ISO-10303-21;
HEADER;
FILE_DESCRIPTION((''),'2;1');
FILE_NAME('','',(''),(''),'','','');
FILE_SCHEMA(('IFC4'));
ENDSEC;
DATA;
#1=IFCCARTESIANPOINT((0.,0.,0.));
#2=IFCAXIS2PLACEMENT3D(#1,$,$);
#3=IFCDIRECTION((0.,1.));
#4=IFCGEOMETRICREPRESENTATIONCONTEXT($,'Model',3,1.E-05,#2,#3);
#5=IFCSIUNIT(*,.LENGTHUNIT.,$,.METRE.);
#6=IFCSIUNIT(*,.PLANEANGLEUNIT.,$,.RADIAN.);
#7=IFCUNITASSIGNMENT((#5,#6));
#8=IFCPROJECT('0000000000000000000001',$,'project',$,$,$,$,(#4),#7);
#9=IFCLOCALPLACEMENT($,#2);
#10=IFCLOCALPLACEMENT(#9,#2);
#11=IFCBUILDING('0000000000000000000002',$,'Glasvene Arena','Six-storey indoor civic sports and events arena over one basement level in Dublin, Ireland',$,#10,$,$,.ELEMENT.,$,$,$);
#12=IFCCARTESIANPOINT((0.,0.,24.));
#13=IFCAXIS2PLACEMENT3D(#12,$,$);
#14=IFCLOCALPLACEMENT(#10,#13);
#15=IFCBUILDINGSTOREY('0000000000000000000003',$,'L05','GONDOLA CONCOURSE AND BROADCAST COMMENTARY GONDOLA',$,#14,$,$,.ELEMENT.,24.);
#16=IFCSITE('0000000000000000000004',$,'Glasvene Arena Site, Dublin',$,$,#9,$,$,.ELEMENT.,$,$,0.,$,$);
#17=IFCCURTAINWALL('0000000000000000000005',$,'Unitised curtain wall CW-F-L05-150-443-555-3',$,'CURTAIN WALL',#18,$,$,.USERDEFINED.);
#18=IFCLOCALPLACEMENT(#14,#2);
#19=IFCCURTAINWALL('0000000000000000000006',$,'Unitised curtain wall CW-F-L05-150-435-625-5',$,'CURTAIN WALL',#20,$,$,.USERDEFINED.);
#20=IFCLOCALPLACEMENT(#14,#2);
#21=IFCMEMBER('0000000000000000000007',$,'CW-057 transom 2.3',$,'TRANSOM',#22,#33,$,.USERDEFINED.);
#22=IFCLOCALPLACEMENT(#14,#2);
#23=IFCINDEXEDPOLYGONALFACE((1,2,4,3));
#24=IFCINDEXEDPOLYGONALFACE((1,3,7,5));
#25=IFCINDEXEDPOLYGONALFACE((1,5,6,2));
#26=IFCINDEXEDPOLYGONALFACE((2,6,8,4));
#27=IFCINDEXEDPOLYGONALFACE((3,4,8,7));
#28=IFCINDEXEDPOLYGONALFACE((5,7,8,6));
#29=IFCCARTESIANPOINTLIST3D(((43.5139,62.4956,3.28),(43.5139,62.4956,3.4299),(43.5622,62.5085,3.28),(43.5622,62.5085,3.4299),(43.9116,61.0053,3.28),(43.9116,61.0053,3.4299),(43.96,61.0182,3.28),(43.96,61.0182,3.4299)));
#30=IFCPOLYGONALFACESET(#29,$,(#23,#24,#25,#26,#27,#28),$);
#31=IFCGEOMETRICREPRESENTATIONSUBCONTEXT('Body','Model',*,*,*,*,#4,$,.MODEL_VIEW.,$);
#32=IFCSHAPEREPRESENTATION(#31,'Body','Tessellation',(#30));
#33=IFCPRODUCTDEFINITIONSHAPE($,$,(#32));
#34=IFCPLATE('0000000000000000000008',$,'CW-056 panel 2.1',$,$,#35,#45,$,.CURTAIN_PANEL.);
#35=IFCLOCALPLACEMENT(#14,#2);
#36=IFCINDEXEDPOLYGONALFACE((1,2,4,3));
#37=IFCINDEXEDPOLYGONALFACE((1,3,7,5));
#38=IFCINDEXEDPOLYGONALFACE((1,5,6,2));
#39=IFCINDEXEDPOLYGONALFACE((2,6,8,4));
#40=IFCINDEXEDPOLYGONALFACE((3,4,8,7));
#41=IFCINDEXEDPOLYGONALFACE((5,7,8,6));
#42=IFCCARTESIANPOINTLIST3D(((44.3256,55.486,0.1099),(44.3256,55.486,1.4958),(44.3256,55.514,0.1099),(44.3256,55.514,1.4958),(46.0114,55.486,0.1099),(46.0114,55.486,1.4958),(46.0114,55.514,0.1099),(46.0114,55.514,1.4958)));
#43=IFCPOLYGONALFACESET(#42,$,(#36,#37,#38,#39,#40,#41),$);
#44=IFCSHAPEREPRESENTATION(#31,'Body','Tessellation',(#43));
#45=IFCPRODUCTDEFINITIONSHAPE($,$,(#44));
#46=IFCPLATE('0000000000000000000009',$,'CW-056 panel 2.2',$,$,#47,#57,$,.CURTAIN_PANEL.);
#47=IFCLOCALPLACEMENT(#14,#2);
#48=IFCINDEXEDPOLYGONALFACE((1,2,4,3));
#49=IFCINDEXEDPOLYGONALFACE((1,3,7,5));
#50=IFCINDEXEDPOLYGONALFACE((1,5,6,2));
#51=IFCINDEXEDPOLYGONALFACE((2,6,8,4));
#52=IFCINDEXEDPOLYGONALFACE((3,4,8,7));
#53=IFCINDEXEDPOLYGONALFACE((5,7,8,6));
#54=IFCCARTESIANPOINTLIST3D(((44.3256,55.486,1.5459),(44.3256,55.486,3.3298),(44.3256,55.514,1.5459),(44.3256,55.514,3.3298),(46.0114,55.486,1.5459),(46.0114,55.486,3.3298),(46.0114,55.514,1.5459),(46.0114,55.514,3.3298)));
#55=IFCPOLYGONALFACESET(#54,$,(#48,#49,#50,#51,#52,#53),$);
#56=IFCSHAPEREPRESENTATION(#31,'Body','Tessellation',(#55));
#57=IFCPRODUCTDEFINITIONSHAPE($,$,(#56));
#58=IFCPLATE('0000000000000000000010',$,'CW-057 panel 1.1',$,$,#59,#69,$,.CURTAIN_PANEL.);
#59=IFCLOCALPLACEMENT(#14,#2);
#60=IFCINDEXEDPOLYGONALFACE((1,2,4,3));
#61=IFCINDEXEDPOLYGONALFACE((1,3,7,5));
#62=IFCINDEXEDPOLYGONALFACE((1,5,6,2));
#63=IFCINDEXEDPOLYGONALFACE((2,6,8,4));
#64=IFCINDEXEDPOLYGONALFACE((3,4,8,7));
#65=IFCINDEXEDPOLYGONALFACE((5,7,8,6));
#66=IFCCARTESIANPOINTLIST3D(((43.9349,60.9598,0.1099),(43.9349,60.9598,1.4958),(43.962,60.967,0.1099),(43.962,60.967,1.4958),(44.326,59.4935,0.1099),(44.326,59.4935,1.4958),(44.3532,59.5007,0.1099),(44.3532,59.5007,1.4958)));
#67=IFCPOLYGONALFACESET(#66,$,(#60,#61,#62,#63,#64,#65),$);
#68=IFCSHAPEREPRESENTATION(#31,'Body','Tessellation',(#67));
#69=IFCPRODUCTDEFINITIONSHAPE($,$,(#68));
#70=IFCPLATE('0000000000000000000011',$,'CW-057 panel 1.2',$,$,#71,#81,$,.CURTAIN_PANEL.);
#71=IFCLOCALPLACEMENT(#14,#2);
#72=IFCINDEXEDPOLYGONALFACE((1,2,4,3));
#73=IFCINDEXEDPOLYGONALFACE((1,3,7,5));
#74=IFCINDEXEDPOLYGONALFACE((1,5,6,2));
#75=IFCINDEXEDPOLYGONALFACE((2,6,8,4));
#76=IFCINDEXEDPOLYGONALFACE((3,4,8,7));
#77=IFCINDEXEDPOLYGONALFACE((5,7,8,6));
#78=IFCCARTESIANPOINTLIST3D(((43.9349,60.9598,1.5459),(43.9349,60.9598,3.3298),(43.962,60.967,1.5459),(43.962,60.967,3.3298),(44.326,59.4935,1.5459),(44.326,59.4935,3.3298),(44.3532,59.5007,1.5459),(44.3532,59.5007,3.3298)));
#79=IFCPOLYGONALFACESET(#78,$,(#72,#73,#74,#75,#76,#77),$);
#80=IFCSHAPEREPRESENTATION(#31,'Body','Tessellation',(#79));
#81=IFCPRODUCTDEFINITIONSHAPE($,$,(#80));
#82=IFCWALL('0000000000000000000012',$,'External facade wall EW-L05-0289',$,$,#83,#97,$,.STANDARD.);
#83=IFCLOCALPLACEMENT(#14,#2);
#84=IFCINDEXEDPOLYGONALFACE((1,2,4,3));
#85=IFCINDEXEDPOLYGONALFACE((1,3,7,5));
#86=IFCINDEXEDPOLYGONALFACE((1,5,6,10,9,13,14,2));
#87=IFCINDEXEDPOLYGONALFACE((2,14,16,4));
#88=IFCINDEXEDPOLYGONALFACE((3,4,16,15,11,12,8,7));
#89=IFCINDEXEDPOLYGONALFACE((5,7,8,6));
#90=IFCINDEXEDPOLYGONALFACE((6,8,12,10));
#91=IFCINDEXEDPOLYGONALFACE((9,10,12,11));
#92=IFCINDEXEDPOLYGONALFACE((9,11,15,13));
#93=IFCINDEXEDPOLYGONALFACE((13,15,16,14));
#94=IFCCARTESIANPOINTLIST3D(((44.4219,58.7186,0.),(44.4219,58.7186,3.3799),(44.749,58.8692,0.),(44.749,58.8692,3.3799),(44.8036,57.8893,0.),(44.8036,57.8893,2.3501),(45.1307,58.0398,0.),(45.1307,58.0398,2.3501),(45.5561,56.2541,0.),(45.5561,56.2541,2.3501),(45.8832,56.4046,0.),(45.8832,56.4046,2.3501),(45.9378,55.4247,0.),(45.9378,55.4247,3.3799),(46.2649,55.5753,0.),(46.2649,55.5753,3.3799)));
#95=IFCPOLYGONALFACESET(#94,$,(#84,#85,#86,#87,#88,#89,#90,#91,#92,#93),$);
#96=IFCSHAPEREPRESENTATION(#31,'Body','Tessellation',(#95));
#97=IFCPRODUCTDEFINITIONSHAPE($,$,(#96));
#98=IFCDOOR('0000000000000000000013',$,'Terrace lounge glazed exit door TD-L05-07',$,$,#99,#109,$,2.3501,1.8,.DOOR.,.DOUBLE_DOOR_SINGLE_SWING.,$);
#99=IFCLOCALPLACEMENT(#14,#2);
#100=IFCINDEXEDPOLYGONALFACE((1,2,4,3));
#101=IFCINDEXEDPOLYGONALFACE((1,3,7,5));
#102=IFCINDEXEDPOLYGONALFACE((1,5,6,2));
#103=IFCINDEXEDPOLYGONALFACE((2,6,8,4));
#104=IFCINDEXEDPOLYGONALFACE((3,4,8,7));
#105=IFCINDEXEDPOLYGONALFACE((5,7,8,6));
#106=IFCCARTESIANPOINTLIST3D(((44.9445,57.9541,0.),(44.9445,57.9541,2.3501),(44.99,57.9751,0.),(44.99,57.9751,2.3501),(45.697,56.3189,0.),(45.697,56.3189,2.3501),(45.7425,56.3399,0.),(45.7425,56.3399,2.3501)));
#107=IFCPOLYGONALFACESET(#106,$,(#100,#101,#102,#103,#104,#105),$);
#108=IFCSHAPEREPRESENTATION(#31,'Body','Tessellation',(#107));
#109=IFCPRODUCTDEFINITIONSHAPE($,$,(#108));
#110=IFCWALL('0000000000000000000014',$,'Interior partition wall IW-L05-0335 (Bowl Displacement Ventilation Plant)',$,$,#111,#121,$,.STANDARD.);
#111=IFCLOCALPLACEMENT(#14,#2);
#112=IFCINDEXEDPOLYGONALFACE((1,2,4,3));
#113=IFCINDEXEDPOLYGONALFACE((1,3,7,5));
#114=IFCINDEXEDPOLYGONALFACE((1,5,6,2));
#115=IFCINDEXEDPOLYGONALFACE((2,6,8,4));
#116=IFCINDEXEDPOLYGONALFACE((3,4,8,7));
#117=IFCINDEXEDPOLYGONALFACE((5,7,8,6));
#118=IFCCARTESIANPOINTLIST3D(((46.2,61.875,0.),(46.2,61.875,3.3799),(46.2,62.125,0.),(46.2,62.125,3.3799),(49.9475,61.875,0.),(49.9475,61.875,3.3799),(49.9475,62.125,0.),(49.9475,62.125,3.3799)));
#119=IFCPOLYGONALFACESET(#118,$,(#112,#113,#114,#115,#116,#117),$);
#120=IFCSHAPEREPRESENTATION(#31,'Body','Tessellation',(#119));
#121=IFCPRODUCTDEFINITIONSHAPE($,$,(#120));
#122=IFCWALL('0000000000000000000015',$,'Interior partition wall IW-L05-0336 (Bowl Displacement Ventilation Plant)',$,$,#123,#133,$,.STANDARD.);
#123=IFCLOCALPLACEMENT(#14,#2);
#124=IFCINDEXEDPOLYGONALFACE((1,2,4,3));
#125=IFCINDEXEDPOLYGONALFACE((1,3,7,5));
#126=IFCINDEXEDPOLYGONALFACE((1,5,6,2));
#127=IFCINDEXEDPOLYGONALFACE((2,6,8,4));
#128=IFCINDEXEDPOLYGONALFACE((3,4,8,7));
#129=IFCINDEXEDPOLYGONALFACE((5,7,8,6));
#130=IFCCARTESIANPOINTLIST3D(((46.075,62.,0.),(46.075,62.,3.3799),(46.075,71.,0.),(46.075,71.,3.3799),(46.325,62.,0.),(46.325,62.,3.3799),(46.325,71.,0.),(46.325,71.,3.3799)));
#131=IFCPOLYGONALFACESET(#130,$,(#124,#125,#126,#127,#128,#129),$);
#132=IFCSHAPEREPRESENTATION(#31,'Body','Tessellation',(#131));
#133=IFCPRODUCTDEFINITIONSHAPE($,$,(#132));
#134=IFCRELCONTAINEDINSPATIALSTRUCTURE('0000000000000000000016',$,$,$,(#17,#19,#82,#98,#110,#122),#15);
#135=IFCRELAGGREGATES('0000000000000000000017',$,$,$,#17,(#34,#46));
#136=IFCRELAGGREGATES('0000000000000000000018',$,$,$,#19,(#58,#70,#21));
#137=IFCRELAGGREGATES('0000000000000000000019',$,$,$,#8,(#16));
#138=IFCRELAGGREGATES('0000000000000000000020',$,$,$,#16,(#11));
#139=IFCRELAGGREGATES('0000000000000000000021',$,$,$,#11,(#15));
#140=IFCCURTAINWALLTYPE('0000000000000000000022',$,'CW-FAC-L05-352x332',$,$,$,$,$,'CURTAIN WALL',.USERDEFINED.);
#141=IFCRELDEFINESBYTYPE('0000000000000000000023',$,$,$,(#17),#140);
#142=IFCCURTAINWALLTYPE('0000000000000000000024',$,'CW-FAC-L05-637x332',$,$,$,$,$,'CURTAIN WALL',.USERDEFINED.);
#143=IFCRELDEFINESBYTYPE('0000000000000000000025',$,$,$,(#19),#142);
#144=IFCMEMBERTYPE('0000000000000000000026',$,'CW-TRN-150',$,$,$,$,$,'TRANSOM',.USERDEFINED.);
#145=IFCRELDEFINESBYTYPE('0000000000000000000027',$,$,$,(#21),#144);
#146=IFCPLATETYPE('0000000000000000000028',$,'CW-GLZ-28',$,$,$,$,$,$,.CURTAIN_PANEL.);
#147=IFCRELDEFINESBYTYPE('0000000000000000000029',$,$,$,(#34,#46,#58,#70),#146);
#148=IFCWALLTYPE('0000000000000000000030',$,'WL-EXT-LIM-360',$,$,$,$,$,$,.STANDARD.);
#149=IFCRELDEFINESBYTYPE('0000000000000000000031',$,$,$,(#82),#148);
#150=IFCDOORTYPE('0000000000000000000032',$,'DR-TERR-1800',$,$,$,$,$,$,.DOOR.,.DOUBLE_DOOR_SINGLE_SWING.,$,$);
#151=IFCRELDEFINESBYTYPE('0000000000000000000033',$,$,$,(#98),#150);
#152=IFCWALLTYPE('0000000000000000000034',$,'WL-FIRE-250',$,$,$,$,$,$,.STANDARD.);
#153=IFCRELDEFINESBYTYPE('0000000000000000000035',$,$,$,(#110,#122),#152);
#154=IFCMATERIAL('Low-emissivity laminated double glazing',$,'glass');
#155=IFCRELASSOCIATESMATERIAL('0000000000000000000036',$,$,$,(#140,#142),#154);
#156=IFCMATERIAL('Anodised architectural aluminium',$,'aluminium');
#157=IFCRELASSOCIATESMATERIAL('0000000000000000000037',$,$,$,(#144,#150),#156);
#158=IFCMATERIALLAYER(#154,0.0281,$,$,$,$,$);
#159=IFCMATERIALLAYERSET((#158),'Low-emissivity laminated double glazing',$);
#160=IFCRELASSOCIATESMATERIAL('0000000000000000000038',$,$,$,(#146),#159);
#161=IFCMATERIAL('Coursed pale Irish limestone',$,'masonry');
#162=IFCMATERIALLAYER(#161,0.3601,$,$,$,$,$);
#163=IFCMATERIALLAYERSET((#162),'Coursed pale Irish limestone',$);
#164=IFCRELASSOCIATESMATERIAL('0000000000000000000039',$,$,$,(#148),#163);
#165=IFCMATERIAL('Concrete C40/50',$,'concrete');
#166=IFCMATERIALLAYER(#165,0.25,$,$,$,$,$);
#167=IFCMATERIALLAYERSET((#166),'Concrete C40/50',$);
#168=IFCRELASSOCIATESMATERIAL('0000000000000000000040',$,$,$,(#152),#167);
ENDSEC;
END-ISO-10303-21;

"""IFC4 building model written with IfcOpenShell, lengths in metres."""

from ifc_helpers import new_model, si_unit, direction, frame, frame_2d, origin, origin_2d, place, context, subcontext, project, spatial, rectangle, extrude, material, layer, layer_set, material_profile, profile_set, type_object, element, fill, aggregate, save


model = new_model("IFC4")

# Units and contexts
model_context = context("Model", 3, precision=1e-05, world=origin(), true_north=direction((0.0, 1.0)))
body_context = subcontext(model_context, "Body", "Model", "MODEL_VIEW")
ifc_project = project(units=[si_unit("LENGTHUNIT", "METRE"), si_unit("PLANEANGLEUNIT", "RADIAN")], contexts=[model_context])

# Site, building, storey
site_placement = place(None, origin())
site = spatial("IfcSite", under=ifc_project, at=site_placement, Name="Glasvene Arena Site, Dublin", CompositionType="ELEMENT", RefElevation=0.0)
building_placement = place(site_placement, origin())
building = spatial("IfcBuilding", under=site, at=building_placement, Name="Glasvene Arena", Description="Six-storey indoor civic sports and events arena over one basement level in Dublin, Ireland", CompositionType="ELEMENT")
storey_placement = place(building_placement, frame((0.0, 0.0, 24.0)))
storey = spatial("IfcBuildingStorey", under=building, at=storey_placement, Name="L05", Description="GONDOLA CONCOURSE AND BROADCAST COMMENTARY GONDOLA", CompositionType="ELEMENT", Elevation=24.0)

# Curtain wall
ifc_material_1 = material(Name="Low-emissivity laminated double glazing", Category="glass")
curtain_wall_type_1 = type_object("IfcCurtainWallType", Name="CW-FAC-L05-352x332", ElementType="CURTAIN WALL", PredefinedType="USERDEFINED", material=ifc_material_1)
curtain_wall_1_placement = place(storey_placement, frame((42.54, 55.5, 0.0)))
curtain_wall_1 = element("IfcCurtainWall", 1, at=curtain_wall_1_placement, inside=storey, type_object=curtain_wall_type_1, Name="Unitised curtain wall CW-F-L05-150-443-555-3", ObjectType="CURTAIN WALL", PredefinedType="USERDEFINED")
ifc_material_2 = material(Name="Anodised architectural aluminium", Category="aluminium")

# Curtain wall
curtain_wall_type_2 = type_object("IfcCurtainWallType", Name="CW-FAC-L05-637x332", ElementType="CURTAIN WALL", PredefinedType="USERDEFINED", material=ifc_material_1)
curtain_wall_2_placement = place(storey_placement, frame((44.3525, 59.4487, 0.0)))
curtain_wall_2 = element("IfcCurtainWall", 2, at=curtain_wall_2_placement, inside=storey, type_object=curtain_wall_type_2, Name="Unitised curtain wall CW-F-L05-150-435-625-5", ObjectType="CURTAIN WALL", PredefinedType="USERDEFINED")

# Member
ifc_material_profile_1 = material_profile(ifc_material_2, rectangle(XDim=0.05, YDim=0.1499, at=origin_2d()), Name="ALU TRANSOM 50x150")
ifc_profile_set_1 = profile_set([ifc_material_profile_1], Name="Anodised architectural aluminium")
member_type_1 = type_object("IfcMemberType", Name="CW-TRN-150", ElementType="TRANSOM", PredefinedType="USERDEFINED", material=ifc_profile_set_1)
member_1_placement = place(storey_placement, frame((43.9358, 61.0117, 3.355), z_axis=(-0.25785, 0.966185, 0.0), x_axis=(-0.966185, -0.25785, 0.0)))
member_1 = element("IfcMember", 3, at=member_1_placement, type_object=member_type_1, Name="CW-057 transom 2.3", ObjectType="TRANSOM", PredefinedType="USERDEFINED", context=body_context, shape_type="SweptSolid", body=[
    extrude(rectangle(XDim=0.05, YDim=0.1499, at=origin_2d()), origin(), (0.0, 0.0, 1.0), 1.5425),
])

# Plates
ifc_layer_1 = layer(ifc_material_1, 0.0281)
ifc_layer_set_1 = layer_set([ifc_layer_1], Name="Low-emissivity laminated double glazing")
plate_type = type_object("IfcPlateType", Name="CW-GLZ-28", PredefinedType="CURTAIN_PANEL", material=ifc_layer_set_1)
plate_1_placement = place(storey_placement, frame((45.1685, 55.5, 0.1099), z_axis=(0.0, 0.0, 1.0), x_axis=(1.0, 0.0, 0.0)))
plate_1 = element("IfcPlate", 4, at=plate_1_placement, type_object=plate_type, Name="CW-056 panel 2.1", PredefinedType="CURTAIN_PANEL", context=body_context, shape_type="SweptSolid", body=[
    extrude(rectangle(XDim=1.6858, YDim=0.0281, at=origin_2d()), origin(), (0.0, 0.0, 1.0), 1.386),
])
plate_2_placement = place(storey_placement, frame((45.1685, 55.5, 1.5459), z_axis=(0.0, 0.0, 1.0), x_axis=(1.0, 0.0, 0.0)))
plate_2 = element("IfcPlate", 5, at=plate_2_placement, type_object=plate_type, Name="CW-056 panel 2.2", PredefinedType="CURTAIN_PANEL", context=body_context, shape_type="SweptSolid", body=[
    extrude(rectangle(XDim=1.6858, YDim=0.0281, at=origin_2d()), origin(), (0.0, 0.0, 1.0), 1.7839),
])
aggregate(curtain_wall_1, [plate_1, plate_2])
plate_3_placement = place(storey_placement, frame((44.144, 60.2302, 0.1099), z_axis=(0.0, 0.0, 1.0), x_axis=(-0.257739, 0.966215, 0.0)))
plate_3 = element("IfcPlate", 6, at=plate_3_placement, type_object=plate_type, Name="CW-057 panel 1.1", PredefinedType="CURTAIN_PANEL", context=body_context, shape_type="SweptSolid", body=[
    extrude(rectangle(XDim=1.5176, YDim=0.0281, at=origin_2d()), origin(), (0.0, 0.0, 1.0), 1.386),
])
plate_4_placement = place(storey_placement, frame((44.144, 60.2302, 1.5459), z_axis=(0.0, 0.0, 1.0), x_axis=(-0.257739, 0.966215, 0.0)))
plate_4 = element("IfcPlate", 7, at=plate_4_placement, type_object=plate_type, Name="CW-057 panel 1.2", PredefinedType="CURTAIN_PANEL", context=body_context, shape_type="SweptSolid", body=[
    extrude(rectangle(XDim=1.5176, YDim=0.0281, at=origin_2d()), origin(), (0.0, 0.0, 1.0), 1.7839),
])
aggregate(curtain_wall_2, [plate_3, plate_4, member_1])

# Wall, opening, door
ifc_material_3 = material(Name="Coursed pale Irish limestone", Category="masonry")
ifc_layer_2 = layer(ifc_material_3, 0.3601)
ifc_layer_set_2 = layer_set([ifc_layer_2], Name="Coursed pale Irish limestone")
wall_type_1 = type_object("IfcWallType", Name="WL-EXT-LIM-360", PredefinedType="STANDARD", material=ifc_layer_set_2)
wall_1_placement = place(storey_placement, frame((46.1013, 55.5, 0.0), z_axis=(0.0, 0.0, 1.0), x_axis=(-0.418055, 0.908422, 0.0)))
wall_1 = element("IfcWall", 8, at=wall_1_placement, inside=storey, type_object=wall_type_1, Name="External facade wall EW-L05-0289", PredefinedType="STANDARD", context=body_context, shape_type="SweptSolid", body=[
    extrude(rectangle(XDim=3.626, YDim=0.3601, at=frame_2d((1.813, 0.0))), origin(), (0.0, 0.0, 1.0), 3.3799),
])
opening_placement = place(wall_1_placement, frame((0.9131, 0.0, 0.0)))
opening = element("IfcOpeningElement", 9, at=opening_placement, cuts=wall_1, PredefinedType="OPENING", context=body_context, shape_type="SweptSolid", body=[
    extrude(rectangle(XDim=1.8, YDim=2.3501, at=frame_2d((0.8999, 1.175))), frame((0.0, 0.1899, 0.0), z_axis=(0.0, -1.0, 0.0), x_axis=(1.0, 0.0, 0.0)), (0.0, 0.0, 1.0), 0.3801),
])
door_type = type_object("IfcDoorType", Name="DR-TERR-1800", OperationType="DOUBLE_DOOR_SINGLE_SWING", PredefinedType="DOOR", material=ifc_material_2)
door_placement = place(opening_placement, origin())
door = element("IfcDoor", 10, at=door_placement, inside=storey, type_object=door_type, Name="Terrace lounge glazed exit door TD-L05-07", OperationType="DOUBLE_DOOR_SINGLE_SWING", OverallHeight=2.3501, OverallWidth=1.8, PredefinedType="DOOR", context=body_context, shape_type="SweptSolid", body=[
    extrude(rectangle(XDim=1.8, YDim=2.3501, at=frame_2d((0.8999, 1.175))), frame((0.0, 0.0249, 0.0), z_axis=(0.0, -1.0, 0.0), x_axis=(1.0, 0.0, 0.0)), (0.0, 0.0, 1.0), 0.05),
])
fill(opening, door)

# Walls
ifc_material_4 = material(Name="Concrete C40/50", Category="concrete")
ifc_layer_3 = layer(ifc_material_4, 0.25)
ifc_layer_set_3 = layer_set([ifc_layer_3], Name="Concrete C40/50")
wall_type_2 = type_object("IfcWallType", Name="WL-FIRE-250", PredefinedType="STANDARD", material=ifc_layer_set_3)
wall_2_placement = place(storey_placement, frame((49.9475, 62.0, 0.0), z_axis=(0.0, 0.0, 1.0), x_axis=(-1.0, 0.0, 0.0)))
element("IfcWall", 11, at=wall_2_placement, inside=storey, type_object=wall_type_2, Name="Interior partition wall IW-L05-0335 (Bowl Displacement Ventilation Plant)", PredefinedType="STANDARD", context=body_context, shape_type="SweptSolid", body=[
    extrude(rectangle(XDim=3.7476, YDim=0.25, at=frame_2d((1.8738, 0.0))), origin(), (0.0, 0.0, 1.0), 3.3799),
])
wall_3_placement = place(storey_placement, frame((46.2, 62.0, 0.0), z_axis=(0.0, 0.0, 1.0), x_axis=(0.0, 1.0, 0.0)))
element("IfcWall", 12, at=wall_3_placement, inside=storey, type_object=wall_type_2, Name="Interior partition wall IW-L05-0336 (Bowl Displacement Ventilation Plant)", PredefinedType="STANDARD", context=body_context, shape_type="SweptSolid", body=[
    extrude(rectangle(XDim=9.0, YDim=0.25, at=frame_2d((4.5, 0.0))), origin(), (0.0, 0.0, 1.0), 3.3799),
])

save(model, "model.ifc")
